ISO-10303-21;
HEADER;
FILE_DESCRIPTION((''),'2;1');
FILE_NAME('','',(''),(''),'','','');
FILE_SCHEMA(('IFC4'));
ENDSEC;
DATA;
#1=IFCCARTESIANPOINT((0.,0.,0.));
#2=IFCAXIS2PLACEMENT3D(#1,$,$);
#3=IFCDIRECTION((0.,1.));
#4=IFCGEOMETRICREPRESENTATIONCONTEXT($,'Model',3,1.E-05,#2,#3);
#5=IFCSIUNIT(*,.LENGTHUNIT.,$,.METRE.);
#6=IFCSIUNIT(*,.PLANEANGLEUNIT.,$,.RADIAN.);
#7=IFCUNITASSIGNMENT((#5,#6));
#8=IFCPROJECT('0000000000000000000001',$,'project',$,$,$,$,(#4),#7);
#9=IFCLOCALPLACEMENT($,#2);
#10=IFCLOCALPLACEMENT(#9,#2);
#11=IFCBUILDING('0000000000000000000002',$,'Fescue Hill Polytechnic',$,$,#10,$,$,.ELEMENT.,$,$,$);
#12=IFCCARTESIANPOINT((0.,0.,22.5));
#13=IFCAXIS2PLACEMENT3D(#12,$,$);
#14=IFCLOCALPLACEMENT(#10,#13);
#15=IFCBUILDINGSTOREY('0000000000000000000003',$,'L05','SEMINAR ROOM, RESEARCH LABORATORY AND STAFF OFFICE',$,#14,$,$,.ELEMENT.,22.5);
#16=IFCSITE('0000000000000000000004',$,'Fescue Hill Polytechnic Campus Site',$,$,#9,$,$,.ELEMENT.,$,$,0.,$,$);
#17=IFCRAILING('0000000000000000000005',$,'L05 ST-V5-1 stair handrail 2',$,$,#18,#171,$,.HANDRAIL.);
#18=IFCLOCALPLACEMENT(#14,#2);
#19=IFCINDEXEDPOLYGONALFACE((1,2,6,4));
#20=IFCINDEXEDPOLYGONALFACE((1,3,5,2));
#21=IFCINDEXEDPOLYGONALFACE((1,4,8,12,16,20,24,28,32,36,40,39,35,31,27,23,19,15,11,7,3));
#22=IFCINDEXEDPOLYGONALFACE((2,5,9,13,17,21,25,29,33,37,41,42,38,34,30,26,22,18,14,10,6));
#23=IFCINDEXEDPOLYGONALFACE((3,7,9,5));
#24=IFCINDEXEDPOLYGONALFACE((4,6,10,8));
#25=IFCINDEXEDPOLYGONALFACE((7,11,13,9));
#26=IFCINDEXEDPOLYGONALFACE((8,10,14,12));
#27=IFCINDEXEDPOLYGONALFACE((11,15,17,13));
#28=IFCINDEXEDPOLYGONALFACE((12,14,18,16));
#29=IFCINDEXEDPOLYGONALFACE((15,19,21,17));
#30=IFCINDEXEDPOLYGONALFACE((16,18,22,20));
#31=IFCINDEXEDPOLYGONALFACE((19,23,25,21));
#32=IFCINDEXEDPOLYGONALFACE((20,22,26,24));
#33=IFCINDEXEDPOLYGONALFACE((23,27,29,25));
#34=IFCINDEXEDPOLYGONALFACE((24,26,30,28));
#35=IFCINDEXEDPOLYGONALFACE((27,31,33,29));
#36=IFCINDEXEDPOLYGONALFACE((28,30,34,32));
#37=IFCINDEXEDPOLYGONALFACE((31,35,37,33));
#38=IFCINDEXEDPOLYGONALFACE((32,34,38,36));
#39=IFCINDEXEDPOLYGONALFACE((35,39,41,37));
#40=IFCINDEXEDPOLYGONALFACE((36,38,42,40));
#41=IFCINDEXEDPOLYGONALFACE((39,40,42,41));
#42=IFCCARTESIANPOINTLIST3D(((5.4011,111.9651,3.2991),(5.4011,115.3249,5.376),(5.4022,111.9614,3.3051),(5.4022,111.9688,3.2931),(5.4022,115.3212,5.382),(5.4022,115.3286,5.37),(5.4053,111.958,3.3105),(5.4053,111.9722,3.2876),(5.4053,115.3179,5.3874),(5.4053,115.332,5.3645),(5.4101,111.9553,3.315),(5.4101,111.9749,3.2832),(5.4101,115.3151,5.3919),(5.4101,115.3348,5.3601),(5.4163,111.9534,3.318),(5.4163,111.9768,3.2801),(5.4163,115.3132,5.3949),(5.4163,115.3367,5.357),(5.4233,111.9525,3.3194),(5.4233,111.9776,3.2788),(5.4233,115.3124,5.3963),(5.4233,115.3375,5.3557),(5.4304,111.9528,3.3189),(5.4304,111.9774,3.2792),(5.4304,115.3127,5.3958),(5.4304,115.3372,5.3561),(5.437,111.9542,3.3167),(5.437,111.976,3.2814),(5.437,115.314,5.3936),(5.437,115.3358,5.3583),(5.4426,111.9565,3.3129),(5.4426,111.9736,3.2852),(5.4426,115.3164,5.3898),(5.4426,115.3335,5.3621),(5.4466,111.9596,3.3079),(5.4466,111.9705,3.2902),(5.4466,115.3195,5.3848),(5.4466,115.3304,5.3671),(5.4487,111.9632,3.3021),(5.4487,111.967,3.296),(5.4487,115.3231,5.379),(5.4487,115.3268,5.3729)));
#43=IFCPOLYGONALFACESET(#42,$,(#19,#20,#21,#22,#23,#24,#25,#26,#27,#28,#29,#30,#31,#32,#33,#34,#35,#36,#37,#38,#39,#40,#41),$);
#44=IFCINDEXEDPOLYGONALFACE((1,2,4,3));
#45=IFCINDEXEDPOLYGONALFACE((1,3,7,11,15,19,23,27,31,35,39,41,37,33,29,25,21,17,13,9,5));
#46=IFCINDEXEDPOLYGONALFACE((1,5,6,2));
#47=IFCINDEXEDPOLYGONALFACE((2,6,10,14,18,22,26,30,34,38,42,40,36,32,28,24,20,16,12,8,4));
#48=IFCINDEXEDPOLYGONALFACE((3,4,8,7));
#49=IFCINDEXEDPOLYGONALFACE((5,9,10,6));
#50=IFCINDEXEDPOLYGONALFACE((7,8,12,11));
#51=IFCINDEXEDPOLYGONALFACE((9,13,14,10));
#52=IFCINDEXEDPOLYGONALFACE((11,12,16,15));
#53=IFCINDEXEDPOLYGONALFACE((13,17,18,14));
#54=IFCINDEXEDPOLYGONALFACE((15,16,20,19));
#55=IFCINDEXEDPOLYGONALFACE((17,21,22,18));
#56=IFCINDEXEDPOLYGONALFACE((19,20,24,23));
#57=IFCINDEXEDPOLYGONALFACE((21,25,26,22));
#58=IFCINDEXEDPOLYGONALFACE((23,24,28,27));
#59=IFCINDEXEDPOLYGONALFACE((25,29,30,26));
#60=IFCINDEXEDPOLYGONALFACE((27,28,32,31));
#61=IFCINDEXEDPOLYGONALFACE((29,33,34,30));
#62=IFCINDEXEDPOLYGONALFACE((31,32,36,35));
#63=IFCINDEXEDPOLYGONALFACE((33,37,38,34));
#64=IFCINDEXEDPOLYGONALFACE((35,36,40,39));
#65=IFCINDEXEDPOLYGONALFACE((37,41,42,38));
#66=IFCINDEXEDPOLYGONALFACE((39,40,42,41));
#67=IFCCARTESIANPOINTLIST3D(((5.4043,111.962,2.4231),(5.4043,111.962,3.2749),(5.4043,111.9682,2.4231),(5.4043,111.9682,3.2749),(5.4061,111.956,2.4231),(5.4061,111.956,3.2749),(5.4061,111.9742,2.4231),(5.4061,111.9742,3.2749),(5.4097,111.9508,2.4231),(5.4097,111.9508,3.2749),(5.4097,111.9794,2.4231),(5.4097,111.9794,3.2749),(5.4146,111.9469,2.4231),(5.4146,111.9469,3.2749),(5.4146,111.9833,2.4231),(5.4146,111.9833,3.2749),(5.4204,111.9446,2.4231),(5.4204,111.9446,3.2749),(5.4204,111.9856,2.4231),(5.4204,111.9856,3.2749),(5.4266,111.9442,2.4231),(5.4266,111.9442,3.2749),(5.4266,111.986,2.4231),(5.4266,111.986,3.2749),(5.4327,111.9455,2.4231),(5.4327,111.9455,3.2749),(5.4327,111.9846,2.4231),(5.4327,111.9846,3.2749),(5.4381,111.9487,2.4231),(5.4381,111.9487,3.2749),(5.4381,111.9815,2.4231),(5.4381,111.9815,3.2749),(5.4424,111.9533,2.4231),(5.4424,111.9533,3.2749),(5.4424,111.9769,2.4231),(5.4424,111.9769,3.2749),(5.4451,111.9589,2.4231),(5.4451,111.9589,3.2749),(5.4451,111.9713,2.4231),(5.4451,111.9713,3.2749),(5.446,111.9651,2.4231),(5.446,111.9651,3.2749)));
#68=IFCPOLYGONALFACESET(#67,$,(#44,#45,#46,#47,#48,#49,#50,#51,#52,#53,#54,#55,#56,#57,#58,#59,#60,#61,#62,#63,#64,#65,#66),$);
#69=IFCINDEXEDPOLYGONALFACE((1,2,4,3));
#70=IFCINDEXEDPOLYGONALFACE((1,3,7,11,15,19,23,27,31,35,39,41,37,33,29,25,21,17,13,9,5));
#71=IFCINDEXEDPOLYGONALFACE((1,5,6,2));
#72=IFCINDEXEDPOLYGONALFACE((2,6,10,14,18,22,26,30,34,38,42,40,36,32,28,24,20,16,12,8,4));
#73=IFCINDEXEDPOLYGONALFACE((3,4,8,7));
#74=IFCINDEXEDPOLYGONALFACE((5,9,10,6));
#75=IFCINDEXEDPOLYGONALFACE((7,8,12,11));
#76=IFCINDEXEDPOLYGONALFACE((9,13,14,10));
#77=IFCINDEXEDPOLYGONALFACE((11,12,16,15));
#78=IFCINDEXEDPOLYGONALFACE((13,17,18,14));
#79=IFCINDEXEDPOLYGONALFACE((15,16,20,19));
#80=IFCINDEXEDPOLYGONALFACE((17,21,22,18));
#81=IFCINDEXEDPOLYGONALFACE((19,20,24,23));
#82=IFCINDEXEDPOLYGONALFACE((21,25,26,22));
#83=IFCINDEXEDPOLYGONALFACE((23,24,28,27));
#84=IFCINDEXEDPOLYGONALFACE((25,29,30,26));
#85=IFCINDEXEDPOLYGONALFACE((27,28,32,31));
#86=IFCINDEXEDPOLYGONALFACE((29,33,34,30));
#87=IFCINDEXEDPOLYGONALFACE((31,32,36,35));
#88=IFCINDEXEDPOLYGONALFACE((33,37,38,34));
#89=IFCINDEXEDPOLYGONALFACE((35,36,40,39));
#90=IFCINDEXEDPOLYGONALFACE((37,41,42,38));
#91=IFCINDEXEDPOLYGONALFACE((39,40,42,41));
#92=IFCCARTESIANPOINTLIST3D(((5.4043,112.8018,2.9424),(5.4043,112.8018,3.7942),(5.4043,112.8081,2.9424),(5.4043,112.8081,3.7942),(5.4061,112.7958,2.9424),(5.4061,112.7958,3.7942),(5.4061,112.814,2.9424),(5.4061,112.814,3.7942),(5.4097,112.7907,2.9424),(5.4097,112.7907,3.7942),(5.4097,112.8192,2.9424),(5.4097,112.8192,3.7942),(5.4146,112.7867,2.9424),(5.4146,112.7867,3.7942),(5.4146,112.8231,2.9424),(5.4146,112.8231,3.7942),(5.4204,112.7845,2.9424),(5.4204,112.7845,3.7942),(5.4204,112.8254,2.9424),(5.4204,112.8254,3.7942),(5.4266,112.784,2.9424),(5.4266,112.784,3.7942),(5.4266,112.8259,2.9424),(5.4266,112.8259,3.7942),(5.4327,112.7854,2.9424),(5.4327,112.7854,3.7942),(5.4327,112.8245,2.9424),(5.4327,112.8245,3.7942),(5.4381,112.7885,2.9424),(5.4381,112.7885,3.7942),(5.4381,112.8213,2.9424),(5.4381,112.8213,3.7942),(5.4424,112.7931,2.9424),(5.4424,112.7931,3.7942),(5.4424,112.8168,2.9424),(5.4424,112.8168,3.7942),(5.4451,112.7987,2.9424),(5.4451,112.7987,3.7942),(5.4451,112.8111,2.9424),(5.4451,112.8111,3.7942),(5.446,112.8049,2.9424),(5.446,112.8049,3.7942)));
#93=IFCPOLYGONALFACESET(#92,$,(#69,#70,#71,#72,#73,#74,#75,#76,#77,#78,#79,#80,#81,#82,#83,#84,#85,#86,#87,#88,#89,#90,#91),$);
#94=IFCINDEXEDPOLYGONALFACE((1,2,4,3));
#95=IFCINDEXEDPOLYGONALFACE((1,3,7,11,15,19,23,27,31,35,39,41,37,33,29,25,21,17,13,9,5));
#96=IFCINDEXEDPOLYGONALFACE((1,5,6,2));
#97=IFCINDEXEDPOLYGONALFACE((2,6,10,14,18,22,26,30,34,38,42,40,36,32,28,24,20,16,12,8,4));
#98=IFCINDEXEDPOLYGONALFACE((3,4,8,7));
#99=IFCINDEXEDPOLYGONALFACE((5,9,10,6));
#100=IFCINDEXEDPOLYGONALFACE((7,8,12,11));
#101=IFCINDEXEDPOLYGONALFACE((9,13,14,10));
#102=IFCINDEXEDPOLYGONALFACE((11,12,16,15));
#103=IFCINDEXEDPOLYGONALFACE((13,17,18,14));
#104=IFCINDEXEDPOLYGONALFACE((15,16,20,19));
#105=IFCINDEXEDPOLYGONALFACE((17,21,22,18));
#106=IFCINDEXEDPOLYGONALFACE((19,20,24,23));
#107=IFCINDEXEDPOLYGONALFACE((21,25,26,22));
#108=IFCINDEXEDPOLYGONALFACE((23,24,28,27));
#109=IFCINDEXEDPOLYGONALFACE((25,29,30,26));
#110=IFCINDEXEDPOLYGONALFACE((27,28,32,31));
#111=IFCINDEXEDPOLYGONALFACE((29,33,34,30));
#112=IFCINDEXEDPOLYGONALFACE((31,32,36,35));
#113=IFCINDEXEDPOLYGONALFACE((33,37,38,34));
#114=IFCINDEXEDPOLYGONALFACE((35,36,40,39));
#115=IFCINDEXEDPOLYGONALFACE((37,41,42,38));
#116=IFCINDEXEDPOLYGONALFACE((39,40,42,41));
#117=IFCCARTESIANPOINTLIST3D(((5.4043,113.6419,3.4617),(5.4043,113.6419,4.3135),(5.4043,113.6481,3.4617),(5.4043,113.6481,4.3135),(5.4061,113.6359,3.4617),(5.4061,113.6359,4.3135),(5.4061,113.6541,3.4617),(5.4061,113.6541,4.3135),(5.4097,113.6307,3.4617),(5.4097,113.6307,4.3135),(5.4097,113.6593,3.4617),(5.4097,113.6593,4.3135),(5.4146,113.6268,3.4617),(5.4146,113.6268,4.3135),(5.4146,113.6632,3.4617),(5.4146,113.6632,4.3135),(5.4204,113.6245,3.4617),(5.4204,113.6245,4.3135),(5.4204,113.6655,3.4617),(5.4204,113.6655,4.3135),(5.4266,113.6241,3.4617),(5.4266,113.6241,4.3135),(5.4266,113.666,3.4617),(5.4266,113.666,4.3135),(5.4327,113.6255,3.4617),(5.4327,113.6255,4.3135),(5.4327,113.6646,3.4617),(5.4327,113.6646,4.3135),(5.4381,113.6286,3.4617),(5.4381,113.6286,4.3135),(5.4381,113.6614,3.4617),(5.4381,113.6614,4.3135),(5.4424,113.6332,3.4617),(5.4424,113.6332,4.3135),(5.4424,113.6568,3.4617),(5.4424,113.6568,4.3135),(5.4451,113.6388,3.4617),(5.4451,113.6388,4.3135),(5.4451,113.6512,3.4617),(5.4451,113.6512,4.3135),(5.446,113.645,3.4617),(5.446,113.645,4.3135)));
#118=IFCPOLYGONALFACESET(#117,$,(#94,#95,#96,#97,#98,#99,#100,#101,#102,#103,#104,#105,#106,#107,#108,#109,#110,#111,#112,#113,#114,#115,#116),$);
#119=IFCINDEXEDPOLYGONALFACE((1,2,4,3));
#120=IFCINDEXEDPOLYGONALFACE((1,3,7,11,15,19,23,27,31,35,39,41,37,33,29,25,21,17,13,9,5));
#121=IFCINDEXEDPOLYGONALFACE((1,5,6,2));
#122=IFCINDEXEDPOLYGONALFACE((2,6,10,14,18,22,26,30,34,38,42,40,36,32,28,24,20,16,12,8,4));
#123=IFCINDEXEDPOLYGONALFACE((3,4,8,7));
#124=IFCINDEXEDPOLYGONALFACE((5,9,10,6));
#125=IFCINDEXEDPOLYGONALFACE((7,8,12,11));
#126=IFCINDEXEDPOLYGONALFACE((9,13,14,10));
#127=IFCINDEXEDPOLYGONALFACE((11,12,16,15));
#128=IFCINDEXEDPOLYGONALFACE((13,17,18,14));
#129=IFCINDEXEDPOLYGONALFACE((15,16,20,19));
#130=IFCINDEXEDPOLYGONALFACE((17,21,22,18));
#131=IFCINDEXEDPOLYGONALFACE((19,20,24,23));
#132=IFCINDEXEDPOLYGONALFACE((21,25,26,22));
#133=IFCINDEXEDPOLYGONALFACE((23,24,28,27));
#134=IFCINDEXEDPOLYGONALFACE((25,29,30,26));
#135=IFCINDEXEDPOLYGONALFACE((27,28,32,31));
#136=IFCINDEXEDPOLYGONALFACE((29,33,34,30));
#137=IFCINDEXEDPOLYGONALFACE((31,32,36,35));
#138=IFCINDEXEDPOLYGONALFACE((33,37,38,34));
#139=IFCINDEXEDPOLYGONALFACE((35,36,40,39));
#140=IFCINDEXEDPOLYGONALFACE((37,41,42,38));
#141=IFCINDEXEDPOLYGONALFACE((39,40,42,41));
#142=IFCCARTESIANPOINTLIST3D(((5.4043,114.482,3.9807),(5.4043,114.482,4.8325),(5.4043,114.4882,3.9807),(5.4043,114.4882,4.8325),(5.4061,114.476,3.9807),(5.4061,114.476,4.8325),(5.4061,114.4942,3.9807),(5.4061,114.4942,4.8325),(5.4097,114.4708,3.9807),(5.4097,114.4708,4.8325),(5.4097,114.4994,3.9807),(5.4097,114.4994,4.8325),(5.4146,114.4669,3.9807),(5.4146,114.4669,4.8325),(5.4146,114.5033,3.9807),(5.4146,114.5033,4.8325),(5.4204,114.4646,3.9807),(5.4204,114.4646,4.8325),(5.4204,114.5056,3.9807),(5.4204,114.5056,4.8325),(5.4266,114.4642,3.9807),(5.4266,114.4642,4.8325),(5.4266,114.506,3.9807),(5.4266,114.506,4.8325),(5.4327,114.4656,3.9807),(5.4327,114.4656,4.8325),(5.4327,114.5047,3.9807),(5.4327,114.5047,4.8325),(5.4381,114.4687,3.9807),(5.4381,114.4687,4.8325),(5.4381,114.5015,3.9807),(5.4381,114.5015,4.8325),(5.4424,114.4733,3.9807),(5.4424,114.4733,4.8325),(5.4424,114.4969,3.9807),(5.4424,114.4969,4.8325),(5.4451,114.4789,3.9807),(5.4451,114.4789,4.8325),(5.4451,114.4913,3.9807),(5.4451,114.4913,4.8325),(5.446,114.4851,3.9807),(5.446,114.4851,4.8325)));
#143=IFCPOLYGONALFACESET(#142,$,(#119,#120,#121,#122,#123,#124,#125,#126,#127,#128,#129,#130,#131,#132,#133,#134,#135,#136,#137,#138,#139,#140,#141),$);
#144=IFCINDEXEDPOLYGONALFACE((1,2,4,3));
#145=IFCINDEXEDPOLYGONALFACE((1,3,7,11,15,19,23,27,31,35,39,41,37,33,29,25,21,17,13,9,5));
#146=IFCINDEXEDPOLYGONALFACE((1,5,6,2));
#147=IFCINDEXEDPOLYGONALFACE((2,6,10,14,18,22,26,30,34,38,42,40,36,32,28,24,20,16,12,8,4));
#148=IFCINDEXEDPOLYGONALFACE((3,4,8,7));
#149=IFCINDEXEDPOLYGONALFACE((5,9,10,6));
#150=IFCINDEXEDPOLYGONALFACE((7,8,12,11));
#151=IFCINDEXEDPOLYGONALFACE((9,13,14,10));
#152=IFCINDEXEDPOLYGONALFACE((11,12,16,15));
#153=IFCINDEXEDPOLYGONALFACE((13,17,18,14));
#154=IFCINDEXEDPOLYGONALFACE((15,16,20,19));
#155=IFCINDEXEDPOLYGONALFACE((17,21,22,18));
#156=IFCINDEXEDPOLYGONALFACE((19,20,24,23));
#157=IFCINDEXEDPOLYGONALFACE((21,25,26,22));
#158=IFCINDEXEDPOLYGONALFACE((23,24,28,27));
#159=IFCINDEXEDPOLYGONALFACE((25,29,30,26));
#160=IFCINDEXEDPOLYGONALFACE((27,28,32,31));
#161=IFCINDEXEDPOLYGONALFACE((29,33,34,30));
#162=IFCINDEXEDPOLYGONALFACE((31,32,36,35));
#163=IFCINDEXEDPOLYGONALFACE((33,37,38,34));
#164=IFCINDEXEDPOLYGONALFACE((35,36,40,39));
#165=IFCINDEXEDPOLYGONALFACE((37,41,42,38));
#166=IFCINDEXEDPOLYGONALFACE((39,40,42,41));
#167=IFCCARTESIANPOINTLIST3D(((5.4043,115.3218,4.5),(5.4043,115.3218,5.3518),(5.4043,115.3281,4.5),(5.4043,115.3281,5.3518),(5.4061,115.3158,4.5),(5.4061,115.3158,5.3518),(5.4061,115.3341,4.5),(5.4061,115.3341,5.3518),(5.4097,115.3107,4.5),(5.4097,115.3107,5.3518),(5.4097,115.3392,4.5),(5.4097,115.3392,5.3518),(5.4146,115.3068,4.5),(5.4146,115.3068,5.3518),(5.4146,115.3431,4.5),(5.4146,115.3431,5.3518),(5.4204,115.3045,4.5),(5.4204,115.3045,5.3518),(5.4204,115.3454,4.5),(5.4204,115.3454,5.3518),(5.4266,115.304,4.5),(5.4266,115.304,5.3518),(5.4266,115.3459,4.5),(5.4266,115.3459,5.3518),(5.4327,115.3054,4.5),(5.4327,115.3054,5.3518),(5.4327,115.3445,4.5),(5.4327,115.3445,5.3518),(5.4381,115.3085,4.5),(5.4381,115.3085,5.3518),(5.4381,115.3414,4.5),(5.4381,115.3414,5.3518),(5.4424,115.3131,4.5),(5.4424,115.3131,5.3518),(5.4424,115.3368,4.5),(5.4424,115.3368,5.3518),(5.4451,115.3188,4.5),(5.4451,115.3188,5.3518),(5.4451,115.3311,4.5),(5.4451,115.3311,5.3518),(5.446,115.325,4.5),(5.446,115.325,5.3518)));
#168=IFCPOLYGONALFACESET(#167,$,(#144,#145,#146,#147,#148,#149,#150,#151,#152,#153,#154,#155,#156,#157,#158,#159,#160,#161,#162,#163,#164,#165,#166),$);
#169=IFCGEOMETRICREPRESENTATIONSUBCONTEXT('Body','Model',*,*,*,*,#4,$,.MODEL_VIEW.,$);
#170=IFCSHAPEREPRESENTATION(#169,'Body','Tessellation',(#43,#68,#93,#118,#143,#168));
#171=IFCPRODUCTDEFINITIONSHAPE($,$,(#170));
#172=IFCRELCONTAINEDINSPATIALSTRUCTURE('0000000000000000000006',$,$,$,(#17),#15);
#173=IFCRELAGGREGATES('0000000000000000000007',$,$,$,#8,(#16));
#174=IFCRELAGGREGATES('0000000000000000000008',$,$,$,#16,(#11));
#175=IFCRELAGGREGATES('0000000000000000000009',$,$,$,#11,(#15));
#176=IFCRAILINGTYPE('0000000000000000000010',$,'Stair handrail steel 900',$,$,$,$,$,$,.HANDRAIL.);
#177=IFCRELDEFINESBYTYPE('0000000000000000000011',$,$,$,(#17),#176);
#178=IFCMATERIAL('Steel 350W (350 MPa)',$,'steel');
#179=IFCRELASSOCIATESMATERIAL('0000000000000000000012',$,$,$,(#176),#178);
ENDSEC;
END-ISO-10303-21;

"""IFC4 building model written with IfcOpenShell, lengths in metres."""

from ifc_helpers import new_model, si_unit, direction, frame, origin, origin_2d, place, context, subcontext, project, spatial, circle, extrude, material, type_object, element, save


model = new_model("IFC4")

# Units and contexts
model_context = context("Model", 3, precision=1e-05, world=origin(), true_north=direction((0.0, 1.0)))
body_context = subcontext(model_context, "Body", "Model", "MODEL_VIEW")
ifc_project = project(units=[si_unit("LENGTHUNIT", "METRE"), si_unit("PLANEANGLEUNIT", "RADIAN")], contexts=[model_context])

# Site, building, storey
site_placement = place(None, origin())
site = spatial("IfcSite", under=ifc_project, at=site_placement, Name="Fescue Hill Polytechnic Campus Site", CompositionType="ELEMENT", RefElevation=0.0)
building_placement = place(site_placement, origin())
building = spatial("IfcBuilding", under=site, at=building_placement, Name="Fescue Hill Polytechnic", CompositionType="ELEMENT")
storey_placement = place(building_placement, frame((0.0, 0.0, 22.5)))
storey = spatial("IfcBuildingStorey", under=building, at=storey_placement, Name="L05", Description="SEMINAR ROOM, RESEARCH LABORATORY AND STAFF OFFICE", CompositionType="ELEMENT", Elevation=22.5)

# Railing
ifc_material_1 = material(Name="Steel 350W (350 MPa)", Category="steel")
railing_type = type_object("IfcRailingType", Name="Stair handrail steel 900", PredefinedType="HANDRAIL", material=ifc_material_1)
for number, where, name in (
    (1, (5.425, 111.9651, 2.4231), "L05 ST-V5-1 stair handrail 2"),
):
    element("IfcRailing", number, at=place(storey_placement, frame(where)), inside=storey, type_object=railing_type, Name=name, PredefinedType="HANDRAIL", context=body_context, shape_type="SweptSolid", body=[
        extrude(circle(Radius=0.0239, at=origin_2d()), frame((0.0, 0.0, 0.876), z_axis=(0.0, 0.850606, 0.525803), x_axis=(-1.0, 0.0, 0.0)), (0.0, 0.0, 1.0), 3.95),
        extrude(circle(Radius=0.021, at=origin_2d()), origin(), (0.0, 0.0, 1.0), 0.8518),
        extrude(circle(Radius=0.021, at=origin_2d()), frame((0.0, 0.8398, 0.5193)), (0.0, 0.0, 1.0), 0.8518),
        extrude(circle(Radius=0.021, at=origin_2d()), frame((0.0, 1.6799, 1.0386)), (0.0, 0.0, 1.0), 0.8518),
        extrude(circle(Radius=0.021, at=origin_2d()), frame((0.0, 2.52, 1.5576)), (0.0, 0.0, 1.0), 0.8518),
        extrude(circle(Radius=0.021, at=origin_2d()), frame((0.0, 3.3599, 2.0769)), (0.0, 0.0, 1.0), 0.8518),
    ])

save(model, "model.ifc")
